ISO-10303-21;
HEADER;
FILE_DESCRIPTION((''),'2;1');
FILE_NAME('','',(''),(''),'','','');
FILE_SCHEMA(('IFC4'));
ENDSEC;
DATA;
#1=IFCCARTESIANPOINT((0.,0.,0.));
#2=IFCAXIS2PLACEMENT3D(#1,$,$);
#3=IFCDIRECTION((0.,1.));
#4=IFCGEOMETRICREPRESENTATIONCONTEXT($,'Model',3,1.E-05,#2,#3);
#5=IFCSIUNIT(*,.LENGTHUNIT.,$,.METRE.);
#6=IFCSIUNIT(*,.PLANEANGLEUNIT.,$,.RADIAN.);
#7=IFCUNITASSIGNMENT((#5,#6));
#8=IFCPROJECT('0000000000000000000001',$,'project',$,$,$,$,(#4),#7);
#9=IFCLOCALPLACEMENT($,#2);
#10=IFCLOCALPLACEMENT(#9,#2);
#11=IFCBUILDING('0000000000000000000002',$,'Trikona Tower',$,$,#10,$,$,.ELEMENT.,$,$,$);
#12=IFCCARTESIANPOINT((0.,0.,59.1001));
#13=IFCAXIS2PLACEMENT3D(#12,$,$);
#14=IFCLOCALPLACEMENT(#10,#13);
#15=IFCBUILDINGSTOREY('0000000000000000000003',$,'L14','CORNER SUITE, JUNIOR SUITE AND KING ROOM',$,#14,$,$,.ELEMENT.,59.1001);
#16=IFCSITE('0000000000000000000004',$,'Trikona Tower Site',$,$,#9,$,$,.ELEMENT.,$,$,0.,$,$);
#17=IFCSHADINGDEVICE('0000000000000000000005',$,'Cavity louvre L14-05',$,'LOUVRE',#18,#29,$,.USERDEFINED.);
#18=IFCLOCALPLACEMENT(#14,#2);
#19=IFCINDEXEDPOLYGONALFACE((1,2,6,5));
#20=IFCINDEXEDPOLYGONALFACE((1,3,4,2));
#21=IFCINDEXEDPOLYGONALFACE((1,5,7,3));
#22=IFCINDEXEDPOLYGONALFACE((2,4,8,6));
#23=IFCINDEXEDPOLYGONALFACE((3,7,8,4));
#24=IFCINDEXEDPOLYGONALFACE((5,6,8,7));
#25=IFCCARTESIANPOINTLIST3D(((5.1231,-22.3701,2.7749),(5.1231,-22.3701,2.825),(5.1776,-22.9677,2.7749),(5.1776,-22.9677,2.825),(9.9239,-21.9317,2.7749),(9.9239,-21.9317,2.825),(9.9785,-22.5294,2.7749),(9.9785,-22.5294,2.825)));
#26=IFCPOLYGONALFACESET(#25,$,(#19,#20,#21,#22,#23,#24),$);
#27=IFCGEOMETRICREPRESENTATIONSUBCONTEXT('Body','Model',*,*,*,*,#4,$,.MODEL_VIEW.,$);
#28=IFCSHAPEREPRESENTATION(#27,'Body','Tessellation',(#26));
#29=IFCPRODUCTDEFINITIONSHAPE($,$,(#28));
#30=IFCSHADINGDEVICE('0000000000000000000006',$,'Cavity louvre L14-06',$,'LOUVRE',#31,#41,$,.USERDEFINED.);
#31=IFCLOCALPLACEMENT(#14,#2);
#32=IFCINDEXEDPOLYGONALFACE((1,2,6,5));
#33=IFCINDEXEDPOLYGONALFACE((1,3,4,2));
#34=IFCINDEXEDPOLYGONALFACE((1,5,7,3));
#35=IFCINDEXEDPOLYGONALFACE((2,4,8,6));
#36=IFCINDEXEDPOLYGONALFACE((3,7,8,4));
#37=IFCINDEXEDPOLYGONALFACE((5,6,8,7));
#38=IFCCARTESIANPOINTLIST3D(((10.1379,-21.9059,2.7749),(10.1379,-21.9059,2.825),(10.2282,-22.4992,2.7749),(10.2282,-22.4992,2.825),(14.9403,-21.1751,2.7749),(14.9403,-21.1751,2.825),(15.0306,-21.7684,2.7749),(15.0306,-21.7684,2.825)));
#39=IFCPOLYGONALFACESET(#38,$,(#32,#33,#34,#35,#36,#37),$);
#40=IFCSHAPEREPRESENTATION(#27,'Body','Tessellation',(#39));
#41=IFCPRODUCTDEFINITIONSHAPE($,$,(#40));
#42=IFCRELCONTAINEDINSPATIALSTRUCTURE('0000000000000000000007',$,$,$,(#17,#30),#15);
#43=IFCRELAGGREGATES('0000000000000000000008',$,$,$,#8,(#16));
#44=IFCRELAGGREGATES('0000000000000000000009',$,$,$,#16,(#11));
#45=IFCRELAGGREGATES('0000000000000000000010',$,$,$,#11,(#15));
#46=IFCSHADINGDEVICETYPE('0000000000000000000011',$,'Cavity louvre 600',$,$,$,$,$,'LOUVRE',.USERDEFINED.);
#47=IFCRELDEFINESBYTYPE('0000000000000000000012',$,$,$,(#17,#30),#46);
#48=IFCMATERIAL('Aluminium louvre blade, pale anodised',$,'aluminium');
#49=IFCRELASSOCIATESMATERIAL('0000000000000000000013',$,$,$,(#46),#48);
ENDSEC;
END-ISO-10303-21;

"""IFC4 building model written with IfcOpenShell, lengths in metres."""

from ifc_helpers import new_model, si_unit, direction, frame, origin, origin_2d, place, context, subcontext, project, spatial, rectangle, extrude, material, type_object, element, save


model = new_model("IFC4")

# Units and contexts
model_context = context("Model", 3, precision=1e-05, world=origin(), true_north=direction((0.0, 1.0)))
body_context = subcontext(model_context, "Body", "Model", "MODEL_VIEW")
ifc_project = project(units=[si_unit("LENGTHUNIT", "METRE"), si_unit("PLANEANGLEUNIT", "RADIAN")], contexts=[model_context])

# Site, building, storey
site_placement = place(None, origin())
site = spatial("IfcSite", under=ifc_project, at=site_placement, Name="Trikona Tower Site", CompositionType="ELEMENT", RefElevation=0.0)
building_placement = place(site_placement, origin())
building = spatial("IfcBuilding", under=site, at=building_placement, Name="Trikona Tower", CompositionType="ELEMENT")
storey_placement = place(building_placement, frame((0.0, 0.0, 59.1001)))
storey = spatial("IfcBuildingStorey", under=building, at=storey_placement, Name="L14", Description="CORNER SUITE, JUNIOR SUITE AND KING ROOM", CompositionType="ELEMENT", Elevation=59.1001)

# Shading devices
ifc_material_1 = material(Name="Aluminium louvre blade, pale anodised", Category="aluminium")
shading_device_type = type_object("IfcShadingDeviceType", Name="Cavity louvre 600", ElementType="LOUVRE", PredefinedType="USERDEFINED", material=ifc_material_1)
shading_device_1_placement = place(storey_placement, frame((7.5508, -22.4497, 2.7749), z_axis=(0.0, 0.0, 1.0), x_axis=(0.995858, 0.090921, 0.0)))
element("IfcShadingDevice", 1, at=shading_device_1_placement, inside=storey, type_object=shading_device_type, Name="Cavity louvre L14-05", ObjectType="LOUVRE", PredefinedType="USERDEFINED", context=body_context, shape_type="SweptSolid", body=[
    extrude(rectangle(XDim=4.8208, YDim=0.6001, at=origin_2d()), origin(), (0.0, 0.0, 1.0), 0.05),
])
shading_device_2_placement = place(storey_placement, frame((12.5842, -21.8372, 2.7749), z_axis=(0.0, 0.0, 1.0), x_axis=(0.988618, 0.150448, 0.0)))
element("IfcShadingDevice", 2, at=shading_device_2_placement, inside=storey, type_object=shading_device_type, Name="Cavity louvre L14-06", ObjectType="LOUVRE", PredefinedType="USERDEFINED", context=body_context, shape_type="SweptSolid", body=[
    extrude(rectangle(XDim=4.8577, YDim=0.6001, at=origin_2d()), origin(), (0.0, 0.0, 1.0), 0.05),
])

save(model, "model.ifc")
